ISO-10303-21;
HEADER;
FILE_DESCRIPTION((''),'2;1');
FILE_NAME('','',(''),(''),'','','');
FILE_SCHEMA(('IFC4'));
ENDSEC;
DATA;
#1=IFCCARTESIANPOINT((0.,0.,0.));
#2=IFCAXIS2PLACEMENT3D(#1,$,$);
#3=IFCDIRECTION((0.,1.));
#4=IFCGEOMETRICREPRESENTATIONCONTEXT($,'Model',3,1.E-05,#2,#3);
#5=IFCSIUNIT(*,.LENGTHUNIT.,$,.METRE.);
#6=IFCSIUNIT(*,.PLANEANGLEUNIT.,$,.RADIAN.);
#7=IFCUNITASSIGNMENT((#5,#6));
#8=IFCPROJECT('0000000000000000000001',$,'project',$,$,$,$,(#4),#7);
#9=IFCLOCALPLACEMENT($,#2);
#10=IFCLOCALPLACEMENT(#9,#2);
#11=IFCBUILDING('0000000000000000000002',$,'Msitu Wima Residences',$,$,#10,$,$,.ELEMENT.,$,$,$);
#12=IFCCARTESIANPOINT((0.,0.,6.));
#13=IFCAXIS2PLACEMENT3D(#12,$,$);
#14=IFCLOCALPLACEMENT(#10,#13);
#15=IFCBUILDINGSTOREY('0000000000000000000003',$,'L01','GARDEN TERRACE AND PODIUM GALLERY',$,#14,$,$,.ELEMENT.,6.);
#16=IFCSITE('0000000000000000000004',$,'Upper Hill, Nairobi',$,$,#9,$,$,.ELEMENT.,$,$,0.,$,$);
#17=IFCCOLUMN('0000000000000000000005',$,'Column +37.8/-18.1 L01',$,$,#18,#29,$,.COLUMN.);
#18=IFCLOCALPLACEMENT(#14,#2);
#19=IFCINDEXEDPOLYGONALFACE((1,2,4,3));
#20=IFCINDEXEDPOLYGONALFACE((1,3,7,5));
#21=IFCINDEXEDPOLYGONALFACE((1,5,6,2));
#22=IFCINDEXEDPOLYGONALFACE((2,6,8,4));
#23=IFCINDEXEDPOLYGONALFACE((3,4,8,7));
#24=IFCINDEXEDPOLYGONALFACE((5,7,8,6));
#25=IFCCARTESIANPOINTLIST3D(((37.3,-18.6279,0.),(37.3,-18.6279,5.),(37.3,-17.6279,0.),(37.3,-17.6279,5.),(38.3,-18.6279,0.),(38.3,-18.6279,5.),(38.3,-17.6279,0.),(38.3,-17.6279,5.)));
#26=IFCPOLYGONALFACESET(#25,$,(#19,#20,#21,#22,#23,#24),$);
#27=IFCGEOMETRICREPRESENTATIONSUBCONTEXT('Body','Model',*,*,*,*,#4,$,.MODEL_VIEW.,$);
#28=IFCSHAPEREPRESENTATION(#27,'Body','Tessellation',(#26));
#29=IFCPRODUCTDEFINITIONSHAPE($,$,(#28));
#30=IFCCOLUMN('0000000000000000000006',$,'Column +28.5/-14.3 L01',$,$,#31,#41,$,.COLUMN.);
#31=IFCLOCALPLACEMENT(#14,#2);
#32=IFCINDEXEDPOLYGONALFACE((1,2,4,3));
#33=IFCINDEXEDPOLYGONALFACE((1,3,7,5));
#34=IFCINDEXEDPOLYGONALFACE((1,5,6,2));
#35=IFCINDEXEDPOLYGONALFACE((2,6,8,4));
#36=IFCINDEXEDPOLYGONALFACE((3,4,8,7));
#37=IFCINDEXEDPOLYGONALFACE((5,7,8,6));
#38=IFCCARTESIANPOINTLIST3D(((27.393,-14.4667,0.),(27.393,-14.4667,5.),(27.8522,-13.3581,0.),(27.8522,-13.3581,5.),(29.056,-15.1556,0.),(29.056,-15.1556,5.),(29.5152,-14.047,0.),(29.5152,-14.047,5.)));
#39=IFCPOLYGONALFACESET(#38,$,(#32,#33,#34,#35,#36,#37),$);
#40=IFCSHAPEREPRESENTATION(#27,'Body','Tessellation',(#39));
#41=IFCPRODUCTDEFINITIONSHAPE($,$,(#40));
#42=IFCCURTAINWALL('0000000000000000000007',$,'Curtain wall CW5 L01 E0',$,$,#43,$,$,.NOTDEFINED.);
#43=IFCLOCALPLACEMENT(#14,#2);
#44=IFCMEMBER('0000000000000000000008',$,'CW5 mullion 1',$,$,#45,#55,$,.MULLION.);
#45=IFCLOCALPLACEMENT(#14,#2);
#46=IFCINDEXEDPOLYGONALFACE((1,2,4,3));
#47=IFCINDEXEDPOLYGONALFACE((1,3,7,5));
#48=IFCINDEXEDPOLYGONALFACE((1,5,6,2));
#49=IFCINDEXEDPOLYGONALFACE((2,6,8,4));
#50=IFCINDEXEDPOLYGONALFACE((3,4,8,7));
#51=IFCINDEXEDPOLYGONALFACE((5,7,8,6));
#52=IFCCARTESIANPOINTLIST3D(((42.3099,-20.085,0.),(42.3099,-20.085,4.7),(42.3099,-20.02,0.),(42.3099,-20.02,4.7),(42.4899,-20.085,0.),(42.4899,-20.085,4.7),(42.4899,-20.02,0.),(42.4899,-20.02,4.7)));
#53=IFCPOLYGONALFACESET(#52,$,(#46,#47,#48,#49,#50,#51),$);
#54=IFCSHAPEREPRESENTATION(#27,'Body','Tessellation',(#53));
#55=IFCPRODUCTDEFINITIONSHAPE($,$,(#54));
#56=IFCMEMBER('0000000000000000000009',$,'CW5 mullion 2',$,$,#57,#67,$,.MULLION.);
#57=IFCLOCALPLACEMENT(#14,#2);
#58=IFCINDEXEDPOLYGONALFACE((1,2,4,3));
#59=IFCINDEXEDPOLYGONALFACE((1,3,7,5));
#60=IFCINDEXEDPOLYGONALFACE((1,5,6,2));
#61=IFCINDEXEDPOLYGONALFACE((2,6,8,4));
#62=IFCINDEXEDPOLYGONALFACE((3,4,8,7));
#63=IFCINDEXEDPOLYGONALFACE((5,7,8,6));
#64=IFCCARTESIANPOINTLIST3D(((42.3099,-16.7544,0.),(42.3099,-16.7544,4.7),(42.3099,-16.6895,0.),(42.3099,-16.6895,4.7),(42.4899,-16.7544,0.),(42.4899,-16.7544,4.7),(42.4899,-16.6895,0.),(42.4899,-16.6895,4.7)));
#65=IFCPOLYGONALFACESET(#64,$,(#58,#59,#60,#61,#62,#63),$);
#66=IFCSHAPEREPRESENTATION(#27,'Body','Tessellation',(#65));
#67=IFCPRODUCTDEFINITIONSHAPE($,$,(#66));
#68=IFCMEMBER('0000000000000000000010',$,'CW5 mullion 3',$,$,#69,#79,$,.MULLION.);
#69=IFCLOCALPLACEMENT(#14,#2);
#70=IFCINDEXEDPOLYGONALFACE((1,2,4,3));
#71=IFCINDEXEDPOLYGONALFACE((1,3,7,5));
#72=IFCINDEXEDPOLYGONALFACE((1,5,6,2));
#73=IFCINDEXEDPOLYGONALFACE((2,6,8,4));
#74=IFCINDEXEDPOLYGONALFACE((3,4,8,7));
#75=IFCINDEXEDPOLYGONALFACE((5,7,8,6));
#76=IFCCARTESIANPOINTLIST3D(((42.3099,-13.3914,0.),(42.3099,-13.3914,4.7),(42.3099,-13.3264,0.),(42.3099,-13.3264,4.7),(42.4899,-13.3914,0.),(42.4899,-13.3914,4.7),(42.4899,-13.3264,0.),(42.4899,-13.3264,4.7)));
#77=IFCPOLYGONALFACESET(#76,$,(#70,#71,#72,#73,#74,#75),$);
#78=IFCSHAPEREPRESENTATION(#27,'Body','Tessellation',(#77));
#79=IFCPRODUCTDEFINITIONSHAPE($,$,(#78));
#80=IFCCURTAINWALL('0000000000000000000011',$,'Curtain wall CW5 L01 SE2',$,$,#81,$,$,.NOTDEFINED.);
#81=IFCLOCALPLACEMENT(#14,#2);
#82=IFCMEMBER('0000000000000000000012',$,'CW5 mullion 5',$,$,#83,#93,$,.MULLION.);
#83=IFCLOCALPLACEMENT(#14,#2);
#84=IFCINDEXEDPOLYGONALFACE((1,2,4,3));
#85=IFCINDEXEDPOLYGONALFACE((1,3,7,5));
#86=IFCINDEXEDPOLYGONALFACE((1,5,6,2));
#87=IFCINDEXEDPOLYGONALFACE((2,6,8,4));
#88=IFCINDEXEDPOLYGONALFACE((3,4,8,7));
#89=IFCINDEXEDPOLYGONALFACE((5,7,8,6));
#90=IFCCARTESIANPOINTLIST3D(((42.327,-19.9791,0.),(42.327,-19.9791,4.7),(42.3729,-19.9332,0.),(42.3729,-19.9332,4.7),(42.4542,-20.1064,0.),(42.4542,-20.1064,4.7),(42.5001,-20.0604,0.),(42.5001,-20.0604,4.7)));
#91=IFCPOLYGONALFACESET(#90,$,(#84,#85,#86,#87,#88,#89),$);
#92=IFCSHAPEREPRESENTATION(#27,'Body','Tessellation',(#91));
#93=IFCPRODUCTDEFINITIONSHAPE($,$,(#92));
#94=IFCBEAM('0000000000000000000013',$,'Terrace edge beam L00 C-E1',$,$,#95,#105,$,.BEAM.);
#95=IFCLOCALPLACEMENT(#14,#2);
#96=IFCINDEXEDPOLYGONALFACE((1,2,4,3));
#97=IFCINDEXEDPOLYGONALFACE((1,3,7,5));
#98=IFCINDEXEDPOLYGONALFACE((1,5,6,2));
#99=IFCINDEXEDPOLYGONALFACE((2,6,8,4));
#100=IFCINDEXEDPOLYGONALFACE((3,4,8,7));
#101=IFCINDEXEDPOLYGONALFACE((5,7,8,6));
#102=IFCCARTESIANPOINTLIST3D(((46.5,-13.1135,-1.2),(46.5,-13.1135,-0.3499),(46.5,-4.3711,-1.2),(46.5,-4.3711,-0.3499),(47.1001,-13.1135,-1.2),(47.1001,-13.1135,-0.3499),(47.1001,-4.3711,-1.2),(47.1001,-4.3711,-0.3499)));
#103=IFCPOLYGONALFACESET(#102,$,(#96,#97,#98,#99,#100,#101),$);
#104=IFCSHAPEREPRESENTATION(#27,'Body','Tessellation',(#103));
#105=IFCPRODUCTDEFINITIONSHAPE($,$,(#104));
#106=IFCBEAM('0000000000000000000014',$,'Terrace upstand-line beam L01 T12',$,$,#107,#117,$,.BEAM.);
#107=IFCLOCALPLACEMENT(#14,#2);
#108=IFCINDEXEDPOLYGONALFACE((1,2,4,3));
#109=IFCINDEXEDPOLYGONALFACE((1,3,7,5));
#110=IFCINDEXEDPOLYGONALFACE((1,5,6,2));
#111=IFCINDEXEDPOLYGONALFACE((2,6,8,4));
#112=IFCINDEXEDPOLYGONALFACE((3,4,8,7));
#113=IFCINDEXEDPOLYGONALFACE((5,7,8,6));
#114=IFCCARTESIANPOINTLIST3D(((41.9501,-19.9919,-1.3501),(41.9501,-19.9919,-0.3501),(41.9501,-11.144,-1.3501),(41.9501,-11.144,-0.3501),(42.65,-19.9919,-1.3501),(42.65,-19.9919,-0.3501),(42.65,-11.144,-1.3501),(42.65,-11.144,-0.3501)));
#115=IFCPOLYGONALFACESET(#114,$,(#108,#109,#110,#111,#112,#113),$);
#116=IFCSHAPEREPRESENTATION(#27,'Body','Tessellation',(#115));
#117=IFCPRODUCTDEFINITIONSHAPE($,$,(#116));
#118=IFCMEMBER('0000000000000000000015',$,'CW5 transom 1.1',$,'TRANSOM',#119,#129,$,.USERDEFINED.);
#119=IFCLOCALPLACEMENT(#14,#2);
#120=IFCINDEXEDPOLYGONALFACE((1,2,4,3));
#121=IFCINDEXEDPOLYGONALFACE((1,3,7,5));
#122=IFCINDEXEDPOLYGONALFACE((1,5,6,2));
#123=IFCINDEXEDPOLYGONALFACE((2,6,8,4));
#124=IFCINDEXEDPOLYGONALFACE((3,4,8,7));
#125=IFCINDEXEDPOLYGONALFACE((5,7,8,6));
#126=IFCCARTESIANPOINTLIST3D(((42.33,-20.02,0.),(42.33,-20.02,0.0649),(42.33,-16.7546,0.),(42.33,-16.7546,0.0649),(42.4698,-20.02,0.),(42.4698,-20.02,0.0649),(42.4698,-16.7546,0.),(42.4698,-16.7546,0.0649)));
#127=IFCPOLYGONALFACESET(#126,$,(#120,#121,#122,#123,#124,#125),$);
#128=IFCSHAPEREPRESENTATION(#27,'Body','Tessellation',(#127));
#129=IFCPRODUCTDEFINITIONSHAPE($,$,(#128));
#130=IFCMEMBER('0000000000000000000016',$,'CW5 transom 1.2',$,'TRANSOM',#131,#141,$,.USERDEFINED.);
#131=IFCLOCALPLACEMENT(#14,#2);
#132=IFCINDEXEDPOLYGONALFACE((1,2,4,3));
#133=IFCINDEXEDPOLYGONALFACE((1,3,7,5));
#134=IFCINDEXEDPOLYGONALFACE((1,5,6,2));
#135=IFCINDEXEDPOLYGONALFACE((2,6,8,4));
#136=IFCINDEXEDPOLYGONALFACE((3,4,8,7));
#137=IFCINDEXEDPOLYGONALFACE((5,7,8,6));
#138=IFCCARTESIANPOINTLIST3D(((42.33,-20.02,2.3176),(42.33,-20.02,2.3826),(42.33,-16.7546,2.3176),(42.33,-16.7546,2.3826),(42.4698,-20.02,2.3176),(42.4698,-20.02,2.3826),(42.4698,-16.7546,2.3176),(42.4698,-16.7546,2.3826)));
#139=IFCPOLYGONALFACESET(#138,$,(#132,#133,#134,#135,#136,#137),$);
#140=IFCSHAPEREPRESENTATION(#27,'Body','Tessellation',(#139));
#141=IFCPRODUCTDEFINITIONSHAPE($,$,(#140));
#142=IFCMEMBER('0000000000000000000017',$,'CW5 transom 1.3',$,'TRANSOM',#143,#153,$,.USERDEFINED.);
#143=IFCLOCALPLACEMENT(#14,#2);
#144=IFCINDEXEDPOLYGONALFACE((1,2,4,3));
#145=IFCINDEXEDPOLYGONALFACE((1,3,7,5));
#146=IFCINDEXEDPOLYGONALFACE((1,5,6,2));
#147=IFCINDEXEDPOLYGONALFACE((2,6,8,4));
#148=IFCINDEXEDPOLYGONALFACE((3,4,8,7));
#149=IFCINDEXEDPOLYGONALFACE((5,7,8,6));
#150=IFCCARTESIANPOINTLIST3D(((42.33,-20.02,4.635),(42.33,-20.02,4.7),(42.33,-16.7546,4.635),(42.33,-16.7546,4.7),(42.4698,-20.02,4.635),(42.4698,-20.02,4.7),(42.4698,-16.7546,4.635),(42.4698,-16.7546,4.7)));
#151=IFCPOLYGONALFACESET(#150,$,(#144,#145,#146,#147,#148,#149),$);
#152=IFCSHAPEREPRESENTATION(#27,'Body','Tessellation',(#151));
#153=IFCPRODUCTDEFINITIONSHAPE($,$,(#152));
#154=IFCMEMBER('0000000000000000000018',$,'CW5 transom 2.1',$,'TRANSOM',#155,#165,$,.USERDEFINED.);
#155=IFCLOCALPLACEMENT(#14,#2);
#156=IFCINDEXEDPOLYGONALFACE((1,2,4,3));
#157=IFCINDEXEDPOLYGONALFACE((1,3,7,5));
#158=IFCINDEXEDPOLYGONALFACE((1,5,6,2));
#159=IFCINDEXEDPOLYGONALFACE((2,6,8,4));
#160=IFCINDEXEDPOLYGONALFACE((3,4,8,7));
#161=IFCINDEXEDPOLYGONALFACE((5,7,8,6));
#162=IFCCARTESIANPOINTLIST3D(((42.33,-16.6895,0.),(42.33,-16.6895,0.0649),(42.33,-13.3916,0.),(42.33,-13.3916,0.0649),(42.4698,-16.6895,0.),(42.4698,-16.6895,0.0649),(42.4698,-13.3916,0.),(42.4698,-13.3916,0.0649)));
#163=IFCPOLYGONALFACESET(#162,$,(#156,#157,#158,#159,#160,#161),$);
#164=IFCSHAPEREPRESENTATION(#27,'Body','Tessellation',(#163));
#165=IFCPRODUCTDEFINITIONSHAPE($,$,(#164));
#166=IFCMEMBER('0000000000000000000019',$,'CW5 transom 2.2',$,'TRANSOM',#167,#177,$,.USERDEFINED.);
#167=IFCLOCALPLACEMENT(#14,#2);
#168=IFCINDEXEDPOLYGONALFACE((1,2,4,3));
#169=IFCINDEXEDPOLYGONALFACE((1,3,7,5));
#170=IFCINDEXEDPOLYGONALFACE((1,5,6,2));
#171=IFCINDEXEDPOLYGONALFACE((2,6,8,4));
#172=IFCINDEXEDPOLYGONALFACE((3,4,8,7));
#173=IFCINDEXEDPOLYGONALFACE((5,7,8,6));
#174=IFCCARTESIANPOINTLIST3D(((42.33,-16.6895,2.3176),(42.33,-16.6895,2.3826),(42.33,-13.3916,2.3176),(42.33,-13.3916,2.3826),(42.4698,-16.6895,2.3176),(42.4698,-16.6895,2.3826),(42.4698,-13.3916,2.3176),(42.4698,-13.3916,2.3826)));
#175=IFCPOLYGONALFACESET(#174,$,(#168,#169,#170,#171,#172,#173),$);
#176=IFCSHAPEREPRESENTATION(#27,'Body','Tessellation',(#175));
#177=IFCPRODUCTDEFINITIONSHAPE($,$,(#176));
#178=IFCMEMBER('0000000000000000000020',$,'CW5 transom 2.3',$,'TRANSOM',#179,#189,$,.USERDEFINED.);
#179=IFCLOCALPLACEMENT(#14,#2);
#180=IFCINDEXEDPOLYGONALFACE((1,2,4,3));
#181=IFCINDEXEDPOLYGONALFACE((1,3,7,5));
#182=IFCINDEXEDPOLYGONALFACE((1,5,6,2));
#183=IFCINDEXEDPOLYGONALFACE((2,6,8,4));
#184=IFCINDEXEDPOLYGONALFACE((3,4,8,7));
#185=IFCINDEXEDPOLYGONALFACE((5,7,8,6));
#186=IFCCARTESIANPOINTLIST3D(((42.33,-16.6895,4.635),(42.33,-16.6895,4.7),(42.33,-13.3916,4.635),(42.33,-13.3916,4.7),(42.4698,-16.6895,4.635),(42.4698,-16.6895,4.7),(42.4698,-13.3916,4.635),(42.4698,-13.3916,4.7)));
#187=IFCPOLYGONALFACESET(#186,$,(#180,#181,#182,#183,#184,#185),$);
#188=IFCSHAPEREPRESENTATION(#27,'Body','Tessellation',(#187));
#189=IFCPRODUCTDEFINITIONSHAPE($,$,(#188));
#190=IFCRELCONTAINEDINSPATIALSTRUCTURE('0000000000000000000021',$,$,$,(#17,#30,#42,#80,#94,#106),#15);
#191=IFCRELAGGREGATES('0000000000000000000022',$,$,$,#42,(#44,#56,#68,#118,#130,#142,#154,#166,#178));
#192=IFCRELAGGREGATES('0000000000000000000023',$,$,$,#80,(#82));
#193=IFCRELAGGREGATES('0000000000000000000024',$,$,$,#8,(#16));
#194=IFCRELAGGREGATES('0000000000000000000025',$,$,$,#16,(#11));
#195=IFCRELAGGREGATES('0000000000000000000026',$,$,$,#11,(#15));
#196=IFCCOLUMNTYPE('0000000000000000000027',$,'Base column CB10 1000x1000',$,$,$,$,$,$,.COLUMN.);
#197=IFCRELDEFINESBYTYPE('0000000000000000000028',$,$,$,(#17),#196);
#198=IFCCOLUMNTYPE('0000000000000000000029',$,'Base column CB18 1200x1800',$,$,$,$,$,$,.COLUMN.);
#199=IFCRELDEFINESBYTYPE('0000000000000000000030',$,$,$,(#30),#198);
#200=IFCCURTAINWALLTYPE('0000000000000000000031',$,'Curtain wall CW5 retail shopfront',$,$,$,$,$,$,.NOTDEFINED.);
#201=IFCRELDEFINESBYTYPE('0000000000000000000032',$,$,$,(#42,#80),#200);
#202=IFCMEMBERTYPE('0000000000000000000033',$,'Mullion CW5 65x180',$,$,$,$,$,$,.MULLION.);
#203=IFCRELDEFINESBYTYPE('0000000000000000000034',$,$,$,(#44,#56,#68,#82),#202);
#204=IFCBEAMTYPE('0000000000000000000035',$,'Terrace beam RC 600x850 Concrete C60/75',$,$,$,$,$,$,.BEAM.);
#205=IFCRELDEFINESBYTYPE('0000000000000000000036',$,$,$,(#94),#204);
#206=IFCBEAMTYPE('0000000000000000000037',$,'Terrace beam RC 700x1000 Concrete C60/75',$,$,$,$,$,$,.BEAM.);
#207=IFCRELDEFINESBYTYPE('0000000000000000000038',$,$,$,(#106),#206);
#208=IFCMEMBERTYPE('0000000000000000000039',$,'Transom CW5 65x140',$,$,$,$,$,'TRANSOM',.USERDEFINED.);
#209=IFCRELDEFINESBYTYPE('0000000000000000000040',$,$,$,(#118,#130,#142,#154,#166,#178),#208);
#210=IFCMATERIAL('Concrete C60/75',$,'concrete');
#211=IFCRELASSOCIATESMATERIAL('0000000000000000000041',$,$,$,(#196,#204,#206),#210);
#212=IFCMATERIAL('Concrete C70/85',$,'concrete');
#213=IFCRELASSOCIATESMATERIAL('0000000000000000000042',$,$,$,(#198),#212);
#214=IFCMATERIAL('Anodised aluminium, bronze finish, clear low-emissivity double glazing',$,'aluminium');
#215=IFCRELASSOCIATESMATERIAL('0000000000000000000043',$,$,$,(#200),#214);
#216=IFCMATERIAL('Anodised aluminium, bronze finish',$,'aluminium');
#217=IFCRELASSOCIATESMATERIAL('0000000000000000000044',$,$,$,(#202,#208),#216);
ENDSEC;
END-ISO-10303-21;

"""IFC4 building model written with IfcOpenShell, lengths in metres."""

from ifc_helpers import new_model, si_unit, direction, frame, origin, origin_2d, place, context, subcontext, project, spatial, rectangle, extrude, material, material_profile, profile_set, type_object, element, aggregate, save


model = new_model("IFC4")

# Units and contexts
model_context = context("Model", 3, precision=1e-05, world=origin(), true_north=direction((0.0, 1.0)))
body_context = subcontext(model_context, "Body", "Model", "MODEL_VIEW")
ifc_project = project(units=[si_unit("LENGTHUNIT", "METRE"), si_unit("PLANEANGLEUNIT", "RADIAN")], contexts=[model_context])

# Site, building, storey
site_placement = place(None, origin())
site = spatial("IfcSite", under=ifc_project, at=site_placement, Name="Upper Hill, Nairobi", CompositionType="ELEMENT", RefElevation=0.0)
building_placement = place(site_placement, origin())
building = spatial("IfcBuilding", under=site, at=building_placement, Name="Msitu Wima Residences", CompositionType="ELEMENT")
storey_placement = place(building_placement, frame((0.0, 0.0, 6.0)))
storey = spatial("IfcBuildingStorey", under=building, at=storey_placement, Name="L01", Description="GARDEN TERRACE AND PODIUM GALLERY", CompositionType="ELEMENT", Elevation=6.0)

# Columns
ifc_material_1 = material(Name="Concrete C60/75", Category="concrete")
ifc_material_profile_1 = material_profile(ifc_material_1, rectangle(XDim=1.0, YDim=1.0, at=origin_2d()), Name="RC 1000x1000")
ifc_profile_set_1 = profile_set([ifc_material_profile_1], Name="Concrete C60/75")
column_type_1 = type_object("IfcColumnType", Name="Base column CB10 1000x1000", PredefinedType="COLUMN", material=ifc_profile_set_1)
column_1_placement = place(storey_placement, frame((37.8, -18.1279, 0.0), z_axis=(0.0, 0.0, 1.0), x_axis=(1.0, 0.0, 0.0)))
element("IfcColumn", 1, at=column_1_placement, inside=storey, type_object=column_type_1, Name="Column +37.8/-18.1 L01", PredefinedType="COLUMN", context=body_context, shape_type="SweptSolid", body=[
    extrude(rectangle(XDim=1.0, YDim=1.0, at=origin_2d()), origin(), (0.0, 0.0, 1.0), 5.0),
])
ifc_material_2 = material(Name="Concrete C70/85", Category="concrete")
ifc_material_profile_2 = material_profile(ifc_material_2, rectangle(XDim=1.2, YDim=1.8, at=origin_2d()), Name="RC 1200x1800")
ifc_profile_set_2 = profile_set([ifc_material_profile_2], Name="Concrete C70/85")
column_type_2 = type_object("IfcColumnType", Name="Base column CB18 1200x1800", PredefinedType="COLUMN", material=ifc_profile_set_2)
column_2_placement = place(storey_placement, frame((28.4541, -14.2568, 0.0), z_axis=(0.0, 0.0, 1.0), x_axis=(0.382683, 0.92388, 0.0)))
element("IfcColumn", 2, at=column_2_placement, inside=storey, type_object=column_type_2, Name="Column +28.5/-14.3 L01", PredefinedType="COLUMN", context=body_context, shape_type="SweptSolid", body=[
    extrude(rectangle(XDim=1.2, YDim=1.8, at=origin_2d()), origin(), (0.0, 0.0, 1.0), 5.0),
])

# Curtain wall, members
ifc_material_3 = material(Name="Anodised aluminium, bronze finish, clear low-emissivity double glazing", Category="aluminium")
curtain_wall_type = type_object("IfcCurtainWallType", Name="Curtain wall CW5 retail shopfront", PredefinedType="NOTDEFINED", material=ifc_material_3)
curtain_wall_1_placement = place(storey_placement, origin())
curtain_wall_1 = element("IfcCurtainWall", 3, at=curtain_wall_1_placement, inside=storey, type_object=curtain_wall_type, Name="Curtain wall CW5 L01 E0", PredefinedType="NOTDEFINED")
ifc_material_4 = material(Name="Anodised aluminium, bronze finish", Category="aluminium")
ifc_material_profile_3 = material_profile(ifc_material_4, rectangle(XDim=0.1799, YDim=0.0649, at=origin_2d()), Name="Mullion 65x180")
ifc_profile_set_3 = profile_set([ifc_material_profile_3], Name="Anodised aluminium, bronze finish")
member_type_1 = type_object("IfcMemberType", Name="Mullion CW5 65x180", PredefinedType="MULLION", material=ifc_profile_set_3)
member_1_placement = place(storey_placement, frame((42.3999, -20.0525, 0.0), z_axis=(0.0, 0.0, 1.0), x_axis=(-1.0, 0.0, 0.0)))
member_1 = element("IfcMember", 4, at=member_1_placement, type_object=member_type_1, Name="CW5 mullion 1", PredefinedType="MULLION", context=body_context, shape_type="SweptSolid", body=[
    extrude(rectangle(XDim=0.1799, YDim=0.0649, at=origin_2d()), origin(), (0.0, 0.0, 1.0), 4.7),
])
member_2_placement = place(storey_placement, frame((42.3999, -16.7219, 0.0), z_axis=(0.0, 0.0, 1.0), x_axis=(-1.0, 0.0, 0.0)))
member_2 = element("IfcMember", 5, at=member_2_placement, type_object=member_type_1, Name="CW5 mullion 2", PredefinedType="MULLION", context=body_context, shape_type="SweptSolid", body=[
    extrude(rectangle(XDim=0.1799, YDim=0.0649, at=origin_2d()), origin(), (0.0, 0.0, 1.0), 4.7),
])
member_3_placement = place(storey_placement, frame((42.3999, -13.3589, 0.0), z_axis=(0.0, 0.0, 1.0), x_axis=(-1.0, 0.0, 0.0)))
member_3 = element("IfcMember", 6, at=member_3_placement, type_object=member_type_1, Name="CW5 mullion 3", PredefinedType="MULLION", context=body_context, shape_type="SweptSolid", body=[
    extrude(rectangle(XDim=0.1799, YDim=0.0649, at=origin_2d()), origin(), (0.0, 0.0, 1.0), 4.7),
])

# Curtain wall, member
curtain_wall_2_placement = place(storey_placement, origin())
curtain_wall_2 = element("IfcCurtainWall", 7, at=curtain_wall_2_placement, inside=storey, type_object=curtain_wall_type, Name="Curtain wall CW5 L01 SE2", PredefinedType="NOTDEFINED")
member_4_placement = place(storey_placement, frame((42.4136, -20.0198, 0.0), z_axis=(0.0, 0.0, 1.0), x_axis=(-0.707107, 0.707107, 0.0)))
member_4 = element("IfcMember", 8, at=member_4_placement, type_object=member_type_1, Name="CW5 mullion 5", PredefinedType="MULLION", context=body_context, shape_type="SweptSolid", body=[
    extrude(rectangle(XDim=0.1799, YDim=0.0649, at=origin_2d()), origin(), (0.0, 0.0, 1.0), 4.7),
])

# Beams
ifc_material_profile_4 = material_profile(ifc_material_1, rectangle(XDim=0.6001, YDim=0.8501, at=origin_2d()), Name="RC 600x850")
ifc_profile_set_4 = profile_set([ifc_material_profile_4], Name="Concrete C60/75")
beam_type_1 = type_object("IfcBeamType", Name="Terrace beam RC 600x850 Concrete C60/75", PredefinedType="BEAM", material=ifc_profile_set_4)
beam_1_placement = place(storey_placement, frame((46.8, -13.1135, -0.7749), z_axis=(0.0, 1.0, 0.0), x_axis=(-1.0, 0.0, 0.0)))
element("IfcBeam", 9, at=beam_1_placement, inside=storey, type_object=beam_type_1, Name="Terrace edge beam L00 C-E1", PredefinedType="BEAM", context=body_context, shape_type="SweptSolid", body=[
    extrude(rectangle(XDim=0.6001, YDim=0.8501, at=origin_2d()), origin(), (0.0, 0.0, 1.0), 8.7424),
])
ifc_material_profile_5 = material_profile(ifc_material_1, rectangle(XDim=0.7, YDim=1.0, at=origin_2d()), Name="RC 700x1000")
ifc_profile_set_5 = profile_set([ifc_material_profile_5], Name="Concrete C60/75")
beam_type_2 = type_object("IfcBeamType", Name="Terrace beam RC 700x1000 Concrete C60/75", PredefinedType="BEAM", material=ifc_profile_set_5)
beam_2_placement = place(storey_placement, frame((42.3, -19.9919, -0.8501), z_axis=(0.0, 1.0, 0.0), x_axis=(-1.0, 0.0, 0.0)))
element("IfcBeam", 10, at=beam_2_placement, inside=storey, type_object=beam_type_2, Name="Terrace upstand-line beam L01 T12", PredefinedType="BEAM", context=body_context, shape_type="SweptSolid", body=[
    extrude(rectangle(XDim=0.7, YDim=1.0, at=origin_2d()), origin(), (0.0, 0.0, 1.0), 8.8479),
])

# Members
ifc_material_profile_6 = material_profile(ifc_material_4, rectangle(XDim=0.1399, YDim=0.0649, at=origin_2d()), Name="Transom 65x140")
ifc_profile_set_6 = profile_set([ifc_material_profile_6], Name="Anodised aluminium, bronze finish")
member_type_2 = type_object("IfcMemberType", Name="Transom CW5 65x140", ElementType="TRANSOM", PredefinedType="USERDEFINED", material=ifc_profile_set_6)
member_5_placement = place(storey_placement, frame((42.3999, -20.02, 0.0325), z_axis=(0.0, 1.0, 0.0), x_axis=(-1.0, 0.0, 0.0)))
member_5 = element("IfcMember", 11, at=member_5_placement, type_object=member_type_2, Name="CW5 transom 1.1", ObjectType="TRANSOM", PredefinedType="USERDEFINED", context=body_context, shape_type="SweptSolid", body=[
    extrude(rectangle(XDim=0.1399, YDim=0.0649, at=origin_2d()), origin(), (0.0, 0.0, 1.0), 3.2654),
])
member_6_placement = place(storey_placement, frame((42.3999, -20.02, 2.3501), z_axis=(0.0, 1.0, 0.0), x_axis=(-1.0, 0.0, 0.0)))
member_6 = element("IfcMember", 12, at=member_6_placement, type_object=member_type_2, Name="CW5 transom 1.2", ObjectType="TRANSOM", PredefinedType="USERDEFINED", context=body_context, shape_type="SweptSolid", body=[
    extrude(rectangle(XDim=0.1399, YDim=0.0649, at=origin_2d()), origin(), (0.0, 0.0, 1.0), 3.2654),
])
member_7_placement = place(storey_placement, frame((42.3999, -20.02, 4.6675), z_axis=(0.0, 1.0, 0.0), x_axis=(-1.0, 0.0, 0.0)))
member_7 = element("IfcMember", 13, at=member_7_placement, type_object=member_type_2, Name="CW5 transom 1.3", ObjectType="TRANSOM", PredefinedType="USERDEFINED", context=body_context, shape_type="SweptSolid", body=[
    extrude(rectangle(XDim=0.1399, YDim=0.0649, at=origin_2d()), origin(), (0.0, 0.0, 1.0), 3.2654),
])
member_8_placement = place(storey_placement, frame((42.3999, -16.6895, 0.0325), z_axis=(0.0, 1.0, 0.0), x_axis=(-1.0, 0.0, 0.0)))
member_8 = element("IfcMember", 14, at=member_8_placement, type_object=member_type_2, Name="CW5 transom 2.1", ObjectType="TRANSOM", PredefinedType="USERDEFINED", context=body_context, shape_type="SweptSolid", body=[
    extrude(rectangle(XDim=0.1399, YDim=0.0649, at=origin_2d()), origin(), (0.0, 0.0, 1.0), 3.2979),
])
member_9_placement = place(storey_placement, frame((42.3999, -16.6895, 2.3501), z_axis=(0.0, 1.0, 0.0), x_axis=(-1.0, 0.0, 0.0)))
member_9 = element("IfcMember", 15, at=member_9_placement, type_object=member_type_2, Name="CW5 transom 2.2", ObjectType="TRANSOM", PredefinedType="USERDEFINED", context=body_context, shape_type="SweptSolid", body=[
    extrude(rectangle(XDim=0.1399, YDim=0.0649, at=origin_2d()), origin(), (0.0, 0.0, 1.0), 3.2979),
])
member_10_placement = place(storey_placement, frame((42.3999, -16.6895, 4.6675), z_axis=(0.0, 1.0, 0.0), x_axis=(-1.0, 0.0, 0.0)))
member_10 = element("IfcMember", 16, at=member_10_placement, type_object=member_type_2, Name="CW5 transom 2.3", ObjectType="TRANSOM", PredefinedType="USERDEFINED", context=body_context, shape_type="SweptSolid", body=[
    extrude(rectangle(XDim=0.1399, YDim=0.0649, at=origin_2d()), origin(), (0.0, 0.0, 1.0), 3.2979),
])

aggregate(curtain_wall_1, [member_1, member_2, member_3, member_5, member_6, member_7, member_8, member_9, member_10])
aggregate(curtain_wall_2, [member_4])

save(model, "model.ifc")
